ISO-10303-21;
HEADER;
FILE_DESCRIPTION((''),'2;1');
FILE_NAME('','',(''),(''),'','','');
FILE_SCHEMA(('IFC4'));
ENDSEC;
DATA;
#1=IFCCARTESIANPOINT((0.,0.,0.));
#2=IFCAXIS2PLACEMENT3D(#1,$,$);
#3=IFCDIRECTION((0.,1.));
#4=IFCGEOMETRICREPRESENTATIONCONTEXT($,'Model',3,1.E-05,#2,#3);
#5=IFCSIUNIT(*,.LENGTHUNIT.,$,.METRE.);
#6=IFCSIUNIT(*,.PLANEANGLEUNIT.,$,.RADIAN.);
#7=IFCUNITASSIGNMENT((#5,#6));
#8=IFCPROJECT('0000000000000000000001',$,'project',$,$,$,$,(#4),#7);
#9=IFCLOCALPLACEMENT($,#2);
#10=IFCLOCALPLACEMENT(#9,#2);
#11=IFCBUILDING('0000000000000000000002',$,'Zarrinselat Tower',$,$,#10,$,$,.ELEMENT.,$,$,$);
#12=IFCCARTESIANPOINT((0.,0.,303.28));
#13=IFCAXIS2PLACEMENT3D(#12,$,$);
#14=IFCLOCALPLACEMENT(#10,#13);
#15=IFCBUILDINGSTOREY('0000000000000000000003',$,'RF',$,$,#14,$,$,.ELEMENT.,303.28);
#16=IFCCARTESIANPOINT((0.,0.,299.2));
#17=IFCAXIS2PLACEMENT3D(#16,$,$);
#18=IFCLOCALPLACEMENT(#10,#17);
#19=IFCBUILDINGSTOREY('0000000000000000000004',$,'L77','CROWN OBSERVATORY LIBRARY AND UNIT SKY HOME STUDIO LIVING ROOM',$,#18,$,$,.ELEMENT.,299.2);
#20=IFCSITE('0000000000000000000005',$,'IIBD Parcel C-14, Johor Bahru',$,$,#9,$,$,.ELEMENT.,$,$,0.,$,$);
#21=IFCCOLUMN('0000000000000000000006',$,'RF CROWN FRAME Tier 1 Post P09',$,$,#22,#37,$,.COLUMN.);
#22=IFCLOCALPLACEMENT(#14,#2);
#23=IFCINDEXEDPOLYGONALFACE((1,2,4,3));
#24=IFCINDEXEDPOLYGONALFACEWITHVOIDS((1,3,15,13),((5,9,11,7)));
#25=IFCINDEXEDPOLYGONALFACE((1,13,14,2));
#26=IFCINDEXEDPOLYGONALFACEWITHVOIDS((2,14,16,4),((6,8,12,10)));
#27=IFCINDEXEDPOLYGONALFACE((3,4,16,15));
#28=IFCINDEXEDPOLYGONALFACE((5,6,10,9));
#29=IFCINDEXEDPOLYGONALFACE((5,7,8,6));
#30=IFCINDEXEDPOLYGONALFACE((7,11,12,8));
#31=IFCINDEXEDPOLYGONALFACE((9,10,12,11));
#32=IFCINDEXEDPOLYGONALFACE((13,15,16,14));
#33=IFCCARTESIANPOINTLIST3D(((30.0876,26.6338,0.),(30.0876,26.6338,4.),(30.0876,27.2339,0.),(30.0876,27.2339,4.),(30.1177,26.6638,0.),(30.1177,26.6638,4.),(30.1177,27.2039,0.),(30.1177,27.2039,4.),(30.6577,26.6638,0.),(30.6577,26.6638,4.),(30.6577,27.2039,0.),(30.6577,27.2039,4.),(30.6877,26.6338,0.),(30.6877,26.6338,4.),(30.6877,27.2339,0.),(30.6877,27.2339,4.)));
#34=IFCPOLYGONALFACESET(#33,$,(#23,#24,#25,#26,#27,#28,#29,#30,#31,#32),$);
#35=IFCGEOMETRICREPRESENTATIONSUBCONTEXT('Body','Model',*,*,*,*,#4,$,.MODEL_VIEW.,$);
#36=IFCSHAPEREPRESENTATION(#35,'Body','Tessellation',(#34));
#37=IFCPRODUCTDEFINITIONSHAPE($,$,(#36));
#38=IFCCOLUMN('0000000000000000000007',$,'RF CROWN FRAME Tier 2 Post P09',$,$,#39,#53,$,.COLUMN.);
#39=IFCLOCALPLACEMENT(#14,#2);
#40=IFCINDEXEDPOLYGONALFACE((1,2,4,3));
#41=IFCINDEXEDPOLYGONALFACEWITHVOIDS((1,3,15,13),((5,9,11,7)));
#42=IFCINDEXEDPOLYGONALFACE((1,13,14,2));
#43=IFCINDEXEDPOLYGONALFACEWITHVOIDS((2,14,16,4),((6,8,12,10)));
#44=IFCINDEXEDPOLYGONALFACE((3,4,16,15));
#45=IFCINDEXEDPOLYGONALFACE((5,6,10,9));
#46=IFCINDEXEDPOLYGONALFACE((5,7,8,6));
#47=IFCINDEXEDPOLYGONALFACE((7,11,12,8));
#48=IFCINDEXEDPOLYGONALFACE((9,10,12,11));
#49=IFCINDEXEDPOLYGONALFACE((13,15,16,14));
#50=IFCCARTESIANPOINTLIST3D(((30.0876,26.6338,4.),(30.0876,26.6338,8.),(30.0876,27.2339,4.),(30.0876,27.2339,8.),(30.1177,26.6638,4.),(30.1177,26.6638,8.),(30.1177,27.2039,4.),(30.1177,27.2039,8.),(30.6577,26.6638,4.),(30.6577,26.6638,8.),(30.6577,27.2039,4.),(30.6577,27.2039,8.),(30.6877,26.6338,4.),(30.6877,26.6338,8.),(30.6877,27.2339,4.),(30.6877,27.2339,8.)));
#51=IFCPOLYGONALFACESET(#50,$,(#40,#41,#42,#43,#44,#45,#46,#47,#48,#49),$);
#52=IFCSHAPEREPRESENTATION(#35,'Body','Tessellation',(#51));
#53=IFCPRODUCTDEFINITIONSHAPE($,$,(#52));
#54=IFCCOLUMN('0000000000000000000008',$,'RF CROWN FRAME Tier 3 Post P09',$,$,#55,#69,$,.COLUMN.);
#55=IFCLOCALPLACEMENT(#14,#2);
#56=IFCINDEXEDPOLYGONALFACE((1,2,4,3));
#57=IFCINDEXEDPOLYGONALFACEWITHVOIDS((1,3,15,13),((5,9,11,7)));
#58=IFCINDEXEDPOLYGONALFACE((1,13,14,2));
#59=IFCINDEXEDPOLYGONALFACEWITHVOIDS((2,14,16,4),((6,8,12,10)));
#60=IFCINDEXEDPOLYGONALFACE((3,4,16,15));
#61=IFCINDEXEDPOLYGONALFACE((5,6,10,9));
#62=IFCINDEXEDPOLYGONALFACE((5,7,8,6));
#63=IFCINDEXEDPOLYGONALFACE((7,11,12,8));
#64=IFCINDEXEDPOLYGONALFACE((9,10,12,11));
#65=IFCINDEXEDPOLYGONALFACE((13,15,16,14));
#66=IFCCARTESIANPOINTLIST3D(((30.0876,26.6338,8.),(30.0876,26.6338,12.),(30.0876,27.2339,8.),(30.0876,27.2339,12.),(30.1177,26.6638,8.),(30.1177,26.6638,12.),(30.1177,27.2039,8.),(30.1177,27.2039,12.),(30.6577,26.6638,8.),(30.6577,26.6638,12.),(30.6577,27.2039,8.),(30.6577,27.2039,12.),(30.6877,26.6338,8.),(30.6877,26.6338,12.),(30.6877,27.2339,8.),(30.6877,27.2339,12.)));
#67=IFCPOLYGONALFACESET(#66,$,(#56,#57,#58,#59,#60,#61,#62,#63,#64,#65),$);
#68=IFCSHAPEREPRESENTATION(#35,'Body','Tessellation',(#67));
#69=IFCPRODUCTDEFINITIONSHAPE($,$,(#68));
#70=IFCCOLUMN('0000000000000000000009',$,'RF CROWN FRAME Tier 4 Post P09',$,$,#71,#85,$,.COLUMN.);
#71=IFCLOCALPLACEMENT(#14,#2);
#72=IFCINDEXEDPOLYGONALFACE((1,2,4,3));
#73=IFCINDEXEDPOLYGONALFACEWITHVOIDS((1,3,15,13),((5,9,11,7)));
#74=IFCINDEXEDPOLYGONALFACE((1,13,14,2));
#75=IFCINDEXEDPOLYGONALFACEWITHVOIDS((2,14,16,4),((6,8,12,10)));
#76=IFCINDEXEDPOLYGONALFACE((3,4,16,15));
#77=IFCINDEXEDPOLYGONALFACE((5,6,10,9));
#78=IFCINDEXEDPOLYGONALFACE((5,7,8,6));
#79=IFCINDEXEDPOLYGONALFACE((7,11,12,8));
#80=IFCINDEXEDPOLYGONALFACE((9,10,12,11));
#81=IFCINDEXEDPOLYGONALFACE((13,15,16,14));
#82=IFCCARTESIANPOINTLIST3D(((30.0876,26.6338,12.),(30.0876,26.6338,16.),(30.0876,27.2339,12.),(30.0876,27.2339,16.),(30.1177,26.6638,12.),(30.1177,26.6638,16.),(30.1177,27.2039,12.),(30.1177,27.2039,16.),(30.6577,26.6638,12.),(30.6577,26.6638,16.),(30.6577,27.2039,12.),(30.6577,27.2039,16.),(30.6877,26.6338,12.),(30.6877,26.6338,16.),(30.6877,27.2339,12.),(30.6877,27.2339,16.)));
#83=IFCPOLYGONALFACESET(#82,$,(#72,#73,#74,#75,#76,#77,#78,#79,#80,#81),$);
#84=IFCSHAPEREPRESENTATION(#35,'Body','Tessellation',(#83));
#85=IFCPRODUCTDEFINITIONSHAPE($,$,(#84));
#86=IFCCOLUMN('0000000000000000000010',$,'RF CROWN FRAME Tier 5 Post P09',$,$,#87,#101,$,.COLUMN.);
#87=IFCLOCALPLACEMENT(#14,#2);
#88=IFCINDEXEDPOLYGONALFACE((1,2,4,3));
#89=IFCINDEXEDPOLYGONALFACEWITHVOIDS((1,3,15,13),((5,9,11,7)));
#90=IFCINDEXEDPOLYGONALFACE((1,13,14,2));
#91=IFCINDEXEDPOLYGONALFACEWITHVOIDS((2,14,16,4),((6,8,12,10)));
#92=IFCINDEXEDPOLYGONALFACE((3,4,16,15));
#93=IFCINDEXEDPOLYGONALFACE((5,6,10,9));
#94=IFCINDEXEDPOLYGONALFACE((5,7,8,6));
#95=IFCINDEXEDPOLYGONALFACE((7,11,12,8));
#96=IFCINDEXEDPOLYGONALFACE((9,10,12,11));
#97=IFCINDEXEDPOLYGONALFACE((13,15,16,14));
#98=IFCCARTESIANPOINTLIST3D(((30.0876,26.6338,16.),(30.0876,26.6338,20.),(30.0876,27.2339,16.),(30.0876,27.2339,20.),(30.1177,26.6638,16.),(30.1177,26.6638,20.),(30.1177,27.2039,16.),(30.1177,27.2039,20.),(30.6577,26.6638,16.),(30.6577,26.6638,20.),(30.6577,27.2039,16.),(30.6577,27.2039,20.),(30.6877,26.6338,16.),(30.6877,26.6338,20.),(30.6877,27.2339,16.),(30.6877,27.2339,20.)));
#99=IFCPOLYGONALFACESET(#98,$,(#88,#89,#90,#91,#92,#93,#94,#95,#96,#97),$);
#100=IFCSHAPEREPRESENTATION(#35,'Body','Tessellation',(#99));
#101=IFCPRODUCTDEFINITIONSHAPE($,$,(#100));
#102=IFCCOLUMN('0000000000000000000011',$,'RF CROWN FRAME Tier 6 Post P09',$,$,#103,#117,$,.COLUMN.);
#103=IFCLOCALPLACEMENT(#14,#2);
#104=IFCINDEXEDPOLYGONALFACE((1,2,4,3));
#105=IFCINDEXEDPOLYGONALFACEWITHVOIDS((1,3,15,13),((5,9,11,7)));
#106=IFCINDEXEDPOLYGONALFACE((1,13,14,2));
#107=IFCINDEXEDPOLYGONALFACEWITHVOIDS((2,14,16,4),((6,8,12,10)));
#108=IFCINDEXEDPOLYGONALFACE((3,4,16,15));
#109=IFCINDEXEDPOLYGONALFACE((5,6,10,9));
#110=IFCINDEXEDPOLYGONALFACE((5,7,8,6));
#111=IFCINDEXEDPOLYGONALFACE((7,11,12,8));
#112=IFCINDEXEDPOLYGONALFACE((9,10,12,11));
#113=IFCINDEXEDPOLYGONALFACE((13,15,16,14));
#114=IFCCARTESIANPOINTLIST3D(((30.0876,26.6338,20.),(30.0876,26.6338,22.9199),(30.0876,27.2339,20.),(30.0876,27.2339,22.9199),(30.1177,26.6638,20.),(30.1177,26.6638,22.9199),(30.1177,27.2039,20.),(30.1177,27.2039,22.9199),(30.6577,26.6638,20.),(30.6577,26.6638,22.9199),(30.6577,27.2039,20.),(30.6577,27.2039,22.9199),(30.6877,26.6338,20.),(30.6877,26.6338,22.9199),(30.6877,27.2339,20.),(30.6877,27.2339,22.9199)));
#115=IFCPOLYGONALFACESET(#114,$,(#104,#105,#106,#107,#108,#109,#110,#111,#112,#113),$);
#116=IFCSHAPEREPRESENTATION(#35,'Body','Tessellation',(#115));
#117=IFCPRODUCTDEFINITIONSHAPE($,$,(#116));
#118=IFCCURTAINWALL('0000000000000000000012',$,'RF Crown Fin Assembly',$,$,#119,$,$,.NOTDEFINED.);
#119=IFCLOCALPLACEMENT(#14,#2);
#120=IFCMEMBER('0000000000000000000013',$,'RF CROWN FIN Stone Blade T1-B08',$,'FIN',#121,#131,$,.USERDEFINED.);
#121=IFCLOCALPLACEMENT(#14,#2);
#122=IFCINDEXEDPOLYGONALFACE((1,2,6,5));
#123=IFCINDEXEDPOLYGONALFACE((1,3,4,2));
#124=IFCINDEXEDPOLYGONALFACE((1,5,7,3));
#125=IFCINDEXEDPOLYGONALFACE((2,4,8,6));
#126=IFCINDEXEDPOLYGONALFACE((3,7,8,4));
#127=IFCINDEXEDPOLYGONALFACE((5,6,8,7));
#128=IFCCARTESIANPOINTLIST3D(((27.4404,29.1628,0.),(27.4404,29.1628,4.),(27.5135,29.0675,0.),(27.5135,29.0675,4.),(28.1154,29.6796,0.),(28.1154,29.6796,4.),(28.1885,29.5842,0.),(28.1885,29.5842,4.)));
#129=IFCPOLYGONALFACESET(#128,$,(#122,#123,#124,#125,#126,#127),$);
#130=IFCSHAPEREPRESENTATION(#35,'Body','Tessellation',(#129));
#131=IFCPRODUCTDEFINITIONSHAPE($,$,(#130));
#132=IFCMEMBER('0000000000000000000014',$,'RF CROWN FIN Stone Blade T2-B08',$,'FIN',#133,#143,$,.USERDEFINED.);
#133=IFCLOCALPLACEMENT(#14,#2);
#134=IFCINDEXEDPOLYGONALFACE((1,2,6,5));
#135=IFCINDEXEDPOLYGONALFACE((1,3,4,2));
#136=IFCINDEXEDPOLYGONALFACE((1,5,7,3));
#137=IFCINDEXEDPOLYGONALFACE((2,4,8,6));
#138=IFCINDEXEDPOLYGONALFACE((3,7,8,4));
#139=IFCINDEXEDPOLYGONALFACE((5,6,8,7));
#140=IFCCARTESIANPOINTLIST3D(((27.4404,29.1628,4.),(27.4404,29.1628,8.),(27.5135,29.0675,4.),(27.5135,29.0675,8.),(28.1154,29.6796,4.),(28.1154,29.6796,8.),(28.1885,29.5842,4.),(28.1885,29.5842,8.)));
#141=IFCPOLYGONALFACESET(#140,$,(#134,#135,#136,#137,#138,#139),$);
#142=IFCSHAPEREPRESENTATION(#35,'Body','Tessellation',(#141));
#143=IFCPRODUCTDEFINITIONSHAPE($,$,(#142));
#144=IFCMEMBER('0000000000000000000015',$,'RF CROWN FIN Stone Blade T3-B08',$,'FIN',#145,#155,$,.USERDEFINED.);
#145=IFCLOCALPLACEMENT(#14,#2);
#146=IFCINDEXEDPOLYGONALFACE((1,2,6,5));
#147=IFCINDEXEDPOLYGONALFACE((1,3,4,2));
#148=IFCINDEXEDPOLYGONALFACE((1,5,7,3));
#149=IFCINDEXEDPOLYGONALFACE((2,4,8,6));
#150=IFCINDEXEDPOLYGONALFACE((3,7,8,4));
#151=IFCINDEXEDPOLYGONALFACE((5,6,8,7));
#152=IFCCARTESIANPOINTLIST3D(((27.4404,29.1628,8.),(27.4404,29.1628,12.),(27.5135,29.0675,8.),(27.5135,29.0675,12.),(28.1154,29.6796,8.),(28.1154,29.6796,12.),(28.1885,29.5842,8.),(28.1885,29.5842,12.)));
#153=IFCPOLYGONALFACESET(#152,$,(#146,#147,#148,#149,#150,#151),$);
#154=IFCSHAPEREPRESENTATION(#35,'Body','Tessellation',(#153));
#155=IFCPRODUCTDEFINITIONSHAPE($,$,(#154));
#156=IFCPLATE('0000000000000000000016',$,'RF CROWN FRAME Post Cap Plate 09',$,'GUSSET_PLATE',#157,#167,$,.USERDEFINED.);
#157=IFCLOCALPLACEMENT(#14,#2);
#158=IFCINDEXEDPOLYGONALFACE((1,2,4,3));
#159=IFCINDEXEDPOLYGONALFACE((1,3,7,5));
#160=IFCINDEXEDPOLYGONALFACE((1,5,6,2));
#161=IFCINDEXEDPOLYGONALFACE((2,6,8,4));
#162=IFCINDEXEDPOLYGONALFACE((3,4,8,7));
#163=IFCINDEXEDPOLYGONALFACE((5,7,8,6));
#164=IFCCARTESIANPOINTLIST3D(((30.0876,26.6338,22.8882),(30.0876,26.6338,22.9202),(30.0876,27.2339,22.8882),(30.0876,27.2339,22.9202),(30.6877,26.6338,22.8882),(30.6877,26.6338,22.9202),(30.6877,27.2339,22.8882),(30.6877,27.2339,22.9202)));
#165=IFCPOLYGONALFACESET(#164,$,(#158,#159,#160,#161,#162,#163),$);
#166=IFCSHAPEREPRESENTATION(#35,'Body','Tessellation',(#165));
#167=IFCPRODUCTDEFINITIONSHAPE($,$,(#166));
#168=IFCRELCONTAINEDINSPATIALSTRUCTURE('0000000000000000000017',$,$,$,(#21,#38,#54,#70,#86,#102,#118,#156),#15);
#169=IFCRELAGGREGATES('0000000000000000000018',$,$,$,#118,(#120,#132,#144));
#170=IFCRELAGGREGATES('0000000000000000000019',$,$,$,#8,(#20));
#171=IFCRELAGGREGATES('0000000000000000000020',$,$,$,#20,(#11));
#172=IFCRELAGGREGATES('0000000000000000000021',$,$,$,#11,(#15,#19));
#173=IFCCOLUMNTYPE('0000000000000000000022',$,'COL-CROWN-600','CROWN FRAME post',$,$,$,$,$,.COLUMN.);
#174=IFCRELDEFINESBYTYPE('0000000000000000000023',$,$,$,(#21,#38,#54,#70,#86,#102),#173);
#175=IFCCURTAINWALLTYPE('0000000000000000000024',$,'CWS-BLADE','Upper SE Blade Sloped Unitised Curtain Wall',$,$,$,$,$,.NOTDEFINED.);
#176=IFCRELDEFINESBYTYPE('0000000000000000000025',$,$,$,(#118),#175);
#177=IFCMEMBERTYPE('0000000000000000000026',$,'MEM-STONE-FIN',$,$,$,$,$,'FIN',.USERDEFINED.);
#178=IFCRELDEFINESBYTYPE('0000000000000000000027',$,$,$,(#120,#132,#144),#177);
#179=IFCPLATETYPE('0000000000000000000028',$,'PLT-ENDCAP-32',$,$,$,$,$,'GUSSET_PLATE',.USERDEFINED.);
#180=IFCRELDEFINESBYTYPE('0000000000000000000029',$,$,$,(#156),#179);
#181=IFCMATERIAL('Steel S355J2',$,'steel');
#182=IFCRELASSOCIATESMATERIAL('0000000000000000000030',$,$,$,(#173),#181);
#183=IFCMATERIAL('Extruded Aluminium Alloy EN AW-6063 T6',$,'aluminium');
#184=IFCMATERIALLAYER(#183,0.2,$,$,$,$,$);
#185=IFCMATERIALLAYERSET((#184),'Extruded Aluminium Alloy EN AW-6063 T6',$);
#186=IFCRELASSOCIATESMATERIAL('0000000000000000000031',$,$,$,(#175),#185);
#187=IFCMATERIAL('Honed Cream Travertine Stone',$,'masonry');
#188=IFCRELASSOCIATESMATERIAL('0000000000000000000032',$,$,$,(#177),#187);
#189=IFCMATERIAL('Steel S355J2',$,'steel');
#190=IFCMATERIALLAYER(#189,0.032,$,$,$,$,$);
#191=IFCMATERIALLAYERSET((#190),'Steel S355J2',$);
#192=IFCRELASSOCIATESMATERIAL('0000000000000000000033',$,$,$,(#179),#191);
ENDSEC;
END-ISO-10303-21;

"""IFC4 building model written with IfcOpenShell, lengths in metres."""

from ifc_helpers import new_model, si_unit, direction, frame, origin, origin_2d, place, context, subcontext, project, spatial, rectangle, hollow_rectangle, extrude, material, layer, layer_set, material_profile, profile_set, type_object, element, aggregate, save


model = new_model("IFC4")

# Units and contexts
model_context = context("Model", 3, precision=1e-05, world=origin(), true_north=direction((0.0, 1.0)))
body_context = subcontext(model_context, "Body", "Model", "MODEL_VIEW")
ifc_project = project(units=[si_unit("LENGTHUNIT", "METRE"), si_unit("PLANEANGLEUNIT", "RADIAN")], contexts=[model_context])

# Site, building, storey
site_placement = place(None, origin())
site = spatial("IfcSite", under=ifc_project, at=site_placement, Name="IIBD Parcel C-14, Johor Bahru", CompositionType="ELEMENT", RefElevation=0.0)
building_placement = place(site_placement, origin())
building = spatial("IfcBuilding", under=site, at=building_placement, Name="Zarrinselat Tower", CompositionType="ELEMENT")
storey_1_placement = place(building_placement, frame((0.0, 0.0, 303.28)))
storey_1 = spatial("IfcBuildingStorey", under=building, at=storey_1_placement, Name="RF", CompositionType="ELEMENT", Elevation=303.28)

# Columns
ifc_material_1 = material(Name="Steel S355J2", Category="steel")
ifc_material_profile_1 = material_profile(ifc_material_1, hollow_rectangle(XDim=0.6001, YDim=0.6001, WallThickness=0.03, at=origin_2d()), Name="SHS 600x600x30")
ifc_profile_set_1 = profile_set([ifc_material_profile_1], Name="Steel S355J2")
column_type = type_object("IfcColumnType", Name="COL-CROWN-600", Description="CROWN FRAME post", PredefinedType="COLUMN", material=ifc_profile_set_1)
for number, where, z_axis, x_axis, name in (
    (1, (30.3877, 26.9338, 0.0), (0.0, 0.0, 1.0), (1.0, 0.0, 0.0), "RF CROWN FRAME Tier 1 Post P09"),
    (2, (30.3877, 26.9338, 4.0), (0.0, 0.0, 1.0), (1.0, 0.0, 0.0), "RF CROWN FRAME Tier 2 Post P09"),
    (3, (30.3877, 26.9338, 8.0), (0.0, 0.0, 1.0), (1.0, 0.0, 0.0), "RF CROWN FRAME Tier 3 Post P09"),
    (4, (30.3877, 26.9338, 12.0), (0.0, 0.0, 1.0), (1.0, 0.0, 0.0), "RF CROWN FRAME Tier 4 Post P09"),
    (5, (30.3877, 26.9338, 16.0), (0.0, 0.0, 1.0), (1.0, 0.0, 0.0), "RF CROWN FRAME Tier 5 Post P09"),
):
    element("IfcColumn", number, at=place(storey_1_placement, frame(where, z_axis=z_axis, x_axis=x_axis)), inside=storey_1, type_object=column_type, Name=name, PredefinedType="COLUMN", context=body_context, shape_type="SweptSolid", body=[
        extrude(hollow_rectangle(XDim=0.6001, YDim=0.6001, WallThickness=0.03, at=origin_2d()), origin(), (0.0, 0.0, 1.0), 4.0),
    ])
column_placement = place(storey_1_placement, frame((30.3877, 26.9338, 20.0), z_axis=(0.0, 0.0, 1.0), x_axis=(1.0, 0.0, 0.0)))
element("IfcColumn", 6, at=column_placement, inside=storey_1, type_object=column_type, Name="RF CROWN FRAME Tier 6 Post P09", PredefinedType="COLUMN", context=body_context, shape_type="SweptSolid", body=[
    extrude(hollow_rectangle(XDim=0.6001, YDim=0.6001, WallThickness=0.03, at=origin_2d()), origin(), (0.0, 0.0, 1.0), 2.9199),
])

# Curtain wall, members
ifc_material_2 = material(Name="Extruded Aluminium Alloy EN AW-6063 T6", Category="aluminium")
ifc_layer_1 = layer(ifc_material_2, 0.2)
ifc_layer_set_1 = layer_set([ifc_layer_1], Name="Extruded Aluminium Alloy EN AW-6063 T6")
curtain_wall_type = type_object("IfcCurtainWallType", Name="CWS-BLADE", Description="Upper SE Blade Sloped Unitised Curtain Wall", PredefinedType="NOTDEFINED", material=ifc_layer_set_1)
curtain_wall_placement = place(storey_1_placement, origin())
curtain_wall = element("IfcCurtainWall", 7, at=curtain_wall_placement, inside=storey_1, type_object=curtain_wall_type, Name="RF Crown Fin Assembly", PredefinedType="NOTDEFINED")
ifc_material_3 = material(Name="Honed Cream Travertine Stone", Category="masonry")
ifc_material_profile_2 = material_profile(ifc_material_3, rectangle(XDim=0.1201, YDim=0.8501, at=origin_2d()), Name="FIN 850x120")
ifc_profile_set_2 = profile_set([ifc_material_profile_2], Name="Honed Cream Travertine Stone")
member_type = type_object("IfcMemberType", Name="MEM-STONE-FIN", ElementType="FIN", PredefinedType="USERDEFINED", material=ifc_profile_set_2)
member_1_placement = place(storey_1_placement, frame((27.8145, 29.3735, 0.0), z_axis=(0.0, 0.0, 1.0), x_axis=(-0.607896, 0.794016, 0.0)))
member_1 = element("IfcMember", 8, at=member_1_placement, type_object=member_type, Name="RF CROWN FIN Stone Blade T1-B08", ObjectType="FIN", PredefinedType="USERDEFINED", context=body_context, shape_type="SweptSolid", body=[
    extrude(rectangle(XDim=0.1201, YDim=0.8501, at=origin_2d()), origin(), (0.0, 0.0, 1.0), 4.0),
])
member_2_placement = place(storey_1_placement, frame((27.8145, 29.3735, 4.0), z_axis=(0.0, 0.0, 1.0), x_axis=(-0.607896, 0.794016, 0.0)))
member_2 = element("IfcMember", 9, at=member_2_placement, type_object=member_type, Name="RF CROWN FIN Stone Blade T2-B08", ObjectType="FIN", PredefinedType="USERDEFINED", context=body_context, shape_type="SweptSolid", body=[
    extrude(rectangle(XDim=0.1201, YDim=0.8501, at=origin_2d()), origin(), (0.0, 0.0, 1.0), 4.0),
])
member_3_placement = place(storey_1_placement, frame((27.8145, 29.3735, 8.0), z_axis=(0.0, 0.0, 1.0), x_axis=(-0.607896, 0.794016, 0.0)))
member_3 = element("IfcMember", 10, at=member_3_placement, type_object=member_type, Name="RF CROWN FIN Stone Blade T3-B08", ObjectType="FIN", PredefinedType="USERDEFINED", context=body_context, shape_type="SweptSolid", body=[
    extrude(rectangle(XDim=0.1201, YDim=0.8501, at=origin_2d()), origin(), (0.0, 0.0, 1.0), 4.0),
])
aggregate(curtain_wall, [member_1, member_2, member_3])

# Plate
ifc_material_4 = material(Name="Steel S355J2", Category="steel")
ifc_layer_2 = layer(ifc_material_4, 0.032)
ifc_layer_set_2 = layer_set([ifc_layer_2], Name="Steel S355J2")
plate_type = type_object("IfcPlateType", Name="PLT-ENDCAP-32", ElementType="GUSSET_PLATE", PredefinedType="USERDEFINED", material=ifc_layer_set_2)
plate_placement = place(storey_1_placement, frame((30.3877, 26.9338, 22.8882), z_axis=(0.0, 0.0, 1.0), x_axis=(1.0, 0.0, 0.0)))
element("IfcPlate", 11, at=plate_placement, inside=storey_1, type_object=plate_type, Name="RF CROWN FRAME Post Cap Plate 09", ObjectType="GUSSET_PLATE", PredefinedType="USERDEFINED", context=body_context, shape_type="SweptSolid", body=[
    extrude(rectangle(XDim=0.6001, YDim=0.6001, at=origin_2d()), origin(), (0.0, 0.0, 1.0), 0.032),
])

# Shared definitions
storey_2_placement = place(building_placement, frame((0.0, 0.0, 299.2)))
storey_2 = spatial("IfcBuildingStorey", under=building, at=storey_2_placement, Name="L77", Description="CROWN OBSERVATORY LIBRARY AND UNIT SKY HOME STUDIO LIVING ROOM", CompositionType="ELEMENT", Elevation=299.2)

save(model, "model.ifc")
